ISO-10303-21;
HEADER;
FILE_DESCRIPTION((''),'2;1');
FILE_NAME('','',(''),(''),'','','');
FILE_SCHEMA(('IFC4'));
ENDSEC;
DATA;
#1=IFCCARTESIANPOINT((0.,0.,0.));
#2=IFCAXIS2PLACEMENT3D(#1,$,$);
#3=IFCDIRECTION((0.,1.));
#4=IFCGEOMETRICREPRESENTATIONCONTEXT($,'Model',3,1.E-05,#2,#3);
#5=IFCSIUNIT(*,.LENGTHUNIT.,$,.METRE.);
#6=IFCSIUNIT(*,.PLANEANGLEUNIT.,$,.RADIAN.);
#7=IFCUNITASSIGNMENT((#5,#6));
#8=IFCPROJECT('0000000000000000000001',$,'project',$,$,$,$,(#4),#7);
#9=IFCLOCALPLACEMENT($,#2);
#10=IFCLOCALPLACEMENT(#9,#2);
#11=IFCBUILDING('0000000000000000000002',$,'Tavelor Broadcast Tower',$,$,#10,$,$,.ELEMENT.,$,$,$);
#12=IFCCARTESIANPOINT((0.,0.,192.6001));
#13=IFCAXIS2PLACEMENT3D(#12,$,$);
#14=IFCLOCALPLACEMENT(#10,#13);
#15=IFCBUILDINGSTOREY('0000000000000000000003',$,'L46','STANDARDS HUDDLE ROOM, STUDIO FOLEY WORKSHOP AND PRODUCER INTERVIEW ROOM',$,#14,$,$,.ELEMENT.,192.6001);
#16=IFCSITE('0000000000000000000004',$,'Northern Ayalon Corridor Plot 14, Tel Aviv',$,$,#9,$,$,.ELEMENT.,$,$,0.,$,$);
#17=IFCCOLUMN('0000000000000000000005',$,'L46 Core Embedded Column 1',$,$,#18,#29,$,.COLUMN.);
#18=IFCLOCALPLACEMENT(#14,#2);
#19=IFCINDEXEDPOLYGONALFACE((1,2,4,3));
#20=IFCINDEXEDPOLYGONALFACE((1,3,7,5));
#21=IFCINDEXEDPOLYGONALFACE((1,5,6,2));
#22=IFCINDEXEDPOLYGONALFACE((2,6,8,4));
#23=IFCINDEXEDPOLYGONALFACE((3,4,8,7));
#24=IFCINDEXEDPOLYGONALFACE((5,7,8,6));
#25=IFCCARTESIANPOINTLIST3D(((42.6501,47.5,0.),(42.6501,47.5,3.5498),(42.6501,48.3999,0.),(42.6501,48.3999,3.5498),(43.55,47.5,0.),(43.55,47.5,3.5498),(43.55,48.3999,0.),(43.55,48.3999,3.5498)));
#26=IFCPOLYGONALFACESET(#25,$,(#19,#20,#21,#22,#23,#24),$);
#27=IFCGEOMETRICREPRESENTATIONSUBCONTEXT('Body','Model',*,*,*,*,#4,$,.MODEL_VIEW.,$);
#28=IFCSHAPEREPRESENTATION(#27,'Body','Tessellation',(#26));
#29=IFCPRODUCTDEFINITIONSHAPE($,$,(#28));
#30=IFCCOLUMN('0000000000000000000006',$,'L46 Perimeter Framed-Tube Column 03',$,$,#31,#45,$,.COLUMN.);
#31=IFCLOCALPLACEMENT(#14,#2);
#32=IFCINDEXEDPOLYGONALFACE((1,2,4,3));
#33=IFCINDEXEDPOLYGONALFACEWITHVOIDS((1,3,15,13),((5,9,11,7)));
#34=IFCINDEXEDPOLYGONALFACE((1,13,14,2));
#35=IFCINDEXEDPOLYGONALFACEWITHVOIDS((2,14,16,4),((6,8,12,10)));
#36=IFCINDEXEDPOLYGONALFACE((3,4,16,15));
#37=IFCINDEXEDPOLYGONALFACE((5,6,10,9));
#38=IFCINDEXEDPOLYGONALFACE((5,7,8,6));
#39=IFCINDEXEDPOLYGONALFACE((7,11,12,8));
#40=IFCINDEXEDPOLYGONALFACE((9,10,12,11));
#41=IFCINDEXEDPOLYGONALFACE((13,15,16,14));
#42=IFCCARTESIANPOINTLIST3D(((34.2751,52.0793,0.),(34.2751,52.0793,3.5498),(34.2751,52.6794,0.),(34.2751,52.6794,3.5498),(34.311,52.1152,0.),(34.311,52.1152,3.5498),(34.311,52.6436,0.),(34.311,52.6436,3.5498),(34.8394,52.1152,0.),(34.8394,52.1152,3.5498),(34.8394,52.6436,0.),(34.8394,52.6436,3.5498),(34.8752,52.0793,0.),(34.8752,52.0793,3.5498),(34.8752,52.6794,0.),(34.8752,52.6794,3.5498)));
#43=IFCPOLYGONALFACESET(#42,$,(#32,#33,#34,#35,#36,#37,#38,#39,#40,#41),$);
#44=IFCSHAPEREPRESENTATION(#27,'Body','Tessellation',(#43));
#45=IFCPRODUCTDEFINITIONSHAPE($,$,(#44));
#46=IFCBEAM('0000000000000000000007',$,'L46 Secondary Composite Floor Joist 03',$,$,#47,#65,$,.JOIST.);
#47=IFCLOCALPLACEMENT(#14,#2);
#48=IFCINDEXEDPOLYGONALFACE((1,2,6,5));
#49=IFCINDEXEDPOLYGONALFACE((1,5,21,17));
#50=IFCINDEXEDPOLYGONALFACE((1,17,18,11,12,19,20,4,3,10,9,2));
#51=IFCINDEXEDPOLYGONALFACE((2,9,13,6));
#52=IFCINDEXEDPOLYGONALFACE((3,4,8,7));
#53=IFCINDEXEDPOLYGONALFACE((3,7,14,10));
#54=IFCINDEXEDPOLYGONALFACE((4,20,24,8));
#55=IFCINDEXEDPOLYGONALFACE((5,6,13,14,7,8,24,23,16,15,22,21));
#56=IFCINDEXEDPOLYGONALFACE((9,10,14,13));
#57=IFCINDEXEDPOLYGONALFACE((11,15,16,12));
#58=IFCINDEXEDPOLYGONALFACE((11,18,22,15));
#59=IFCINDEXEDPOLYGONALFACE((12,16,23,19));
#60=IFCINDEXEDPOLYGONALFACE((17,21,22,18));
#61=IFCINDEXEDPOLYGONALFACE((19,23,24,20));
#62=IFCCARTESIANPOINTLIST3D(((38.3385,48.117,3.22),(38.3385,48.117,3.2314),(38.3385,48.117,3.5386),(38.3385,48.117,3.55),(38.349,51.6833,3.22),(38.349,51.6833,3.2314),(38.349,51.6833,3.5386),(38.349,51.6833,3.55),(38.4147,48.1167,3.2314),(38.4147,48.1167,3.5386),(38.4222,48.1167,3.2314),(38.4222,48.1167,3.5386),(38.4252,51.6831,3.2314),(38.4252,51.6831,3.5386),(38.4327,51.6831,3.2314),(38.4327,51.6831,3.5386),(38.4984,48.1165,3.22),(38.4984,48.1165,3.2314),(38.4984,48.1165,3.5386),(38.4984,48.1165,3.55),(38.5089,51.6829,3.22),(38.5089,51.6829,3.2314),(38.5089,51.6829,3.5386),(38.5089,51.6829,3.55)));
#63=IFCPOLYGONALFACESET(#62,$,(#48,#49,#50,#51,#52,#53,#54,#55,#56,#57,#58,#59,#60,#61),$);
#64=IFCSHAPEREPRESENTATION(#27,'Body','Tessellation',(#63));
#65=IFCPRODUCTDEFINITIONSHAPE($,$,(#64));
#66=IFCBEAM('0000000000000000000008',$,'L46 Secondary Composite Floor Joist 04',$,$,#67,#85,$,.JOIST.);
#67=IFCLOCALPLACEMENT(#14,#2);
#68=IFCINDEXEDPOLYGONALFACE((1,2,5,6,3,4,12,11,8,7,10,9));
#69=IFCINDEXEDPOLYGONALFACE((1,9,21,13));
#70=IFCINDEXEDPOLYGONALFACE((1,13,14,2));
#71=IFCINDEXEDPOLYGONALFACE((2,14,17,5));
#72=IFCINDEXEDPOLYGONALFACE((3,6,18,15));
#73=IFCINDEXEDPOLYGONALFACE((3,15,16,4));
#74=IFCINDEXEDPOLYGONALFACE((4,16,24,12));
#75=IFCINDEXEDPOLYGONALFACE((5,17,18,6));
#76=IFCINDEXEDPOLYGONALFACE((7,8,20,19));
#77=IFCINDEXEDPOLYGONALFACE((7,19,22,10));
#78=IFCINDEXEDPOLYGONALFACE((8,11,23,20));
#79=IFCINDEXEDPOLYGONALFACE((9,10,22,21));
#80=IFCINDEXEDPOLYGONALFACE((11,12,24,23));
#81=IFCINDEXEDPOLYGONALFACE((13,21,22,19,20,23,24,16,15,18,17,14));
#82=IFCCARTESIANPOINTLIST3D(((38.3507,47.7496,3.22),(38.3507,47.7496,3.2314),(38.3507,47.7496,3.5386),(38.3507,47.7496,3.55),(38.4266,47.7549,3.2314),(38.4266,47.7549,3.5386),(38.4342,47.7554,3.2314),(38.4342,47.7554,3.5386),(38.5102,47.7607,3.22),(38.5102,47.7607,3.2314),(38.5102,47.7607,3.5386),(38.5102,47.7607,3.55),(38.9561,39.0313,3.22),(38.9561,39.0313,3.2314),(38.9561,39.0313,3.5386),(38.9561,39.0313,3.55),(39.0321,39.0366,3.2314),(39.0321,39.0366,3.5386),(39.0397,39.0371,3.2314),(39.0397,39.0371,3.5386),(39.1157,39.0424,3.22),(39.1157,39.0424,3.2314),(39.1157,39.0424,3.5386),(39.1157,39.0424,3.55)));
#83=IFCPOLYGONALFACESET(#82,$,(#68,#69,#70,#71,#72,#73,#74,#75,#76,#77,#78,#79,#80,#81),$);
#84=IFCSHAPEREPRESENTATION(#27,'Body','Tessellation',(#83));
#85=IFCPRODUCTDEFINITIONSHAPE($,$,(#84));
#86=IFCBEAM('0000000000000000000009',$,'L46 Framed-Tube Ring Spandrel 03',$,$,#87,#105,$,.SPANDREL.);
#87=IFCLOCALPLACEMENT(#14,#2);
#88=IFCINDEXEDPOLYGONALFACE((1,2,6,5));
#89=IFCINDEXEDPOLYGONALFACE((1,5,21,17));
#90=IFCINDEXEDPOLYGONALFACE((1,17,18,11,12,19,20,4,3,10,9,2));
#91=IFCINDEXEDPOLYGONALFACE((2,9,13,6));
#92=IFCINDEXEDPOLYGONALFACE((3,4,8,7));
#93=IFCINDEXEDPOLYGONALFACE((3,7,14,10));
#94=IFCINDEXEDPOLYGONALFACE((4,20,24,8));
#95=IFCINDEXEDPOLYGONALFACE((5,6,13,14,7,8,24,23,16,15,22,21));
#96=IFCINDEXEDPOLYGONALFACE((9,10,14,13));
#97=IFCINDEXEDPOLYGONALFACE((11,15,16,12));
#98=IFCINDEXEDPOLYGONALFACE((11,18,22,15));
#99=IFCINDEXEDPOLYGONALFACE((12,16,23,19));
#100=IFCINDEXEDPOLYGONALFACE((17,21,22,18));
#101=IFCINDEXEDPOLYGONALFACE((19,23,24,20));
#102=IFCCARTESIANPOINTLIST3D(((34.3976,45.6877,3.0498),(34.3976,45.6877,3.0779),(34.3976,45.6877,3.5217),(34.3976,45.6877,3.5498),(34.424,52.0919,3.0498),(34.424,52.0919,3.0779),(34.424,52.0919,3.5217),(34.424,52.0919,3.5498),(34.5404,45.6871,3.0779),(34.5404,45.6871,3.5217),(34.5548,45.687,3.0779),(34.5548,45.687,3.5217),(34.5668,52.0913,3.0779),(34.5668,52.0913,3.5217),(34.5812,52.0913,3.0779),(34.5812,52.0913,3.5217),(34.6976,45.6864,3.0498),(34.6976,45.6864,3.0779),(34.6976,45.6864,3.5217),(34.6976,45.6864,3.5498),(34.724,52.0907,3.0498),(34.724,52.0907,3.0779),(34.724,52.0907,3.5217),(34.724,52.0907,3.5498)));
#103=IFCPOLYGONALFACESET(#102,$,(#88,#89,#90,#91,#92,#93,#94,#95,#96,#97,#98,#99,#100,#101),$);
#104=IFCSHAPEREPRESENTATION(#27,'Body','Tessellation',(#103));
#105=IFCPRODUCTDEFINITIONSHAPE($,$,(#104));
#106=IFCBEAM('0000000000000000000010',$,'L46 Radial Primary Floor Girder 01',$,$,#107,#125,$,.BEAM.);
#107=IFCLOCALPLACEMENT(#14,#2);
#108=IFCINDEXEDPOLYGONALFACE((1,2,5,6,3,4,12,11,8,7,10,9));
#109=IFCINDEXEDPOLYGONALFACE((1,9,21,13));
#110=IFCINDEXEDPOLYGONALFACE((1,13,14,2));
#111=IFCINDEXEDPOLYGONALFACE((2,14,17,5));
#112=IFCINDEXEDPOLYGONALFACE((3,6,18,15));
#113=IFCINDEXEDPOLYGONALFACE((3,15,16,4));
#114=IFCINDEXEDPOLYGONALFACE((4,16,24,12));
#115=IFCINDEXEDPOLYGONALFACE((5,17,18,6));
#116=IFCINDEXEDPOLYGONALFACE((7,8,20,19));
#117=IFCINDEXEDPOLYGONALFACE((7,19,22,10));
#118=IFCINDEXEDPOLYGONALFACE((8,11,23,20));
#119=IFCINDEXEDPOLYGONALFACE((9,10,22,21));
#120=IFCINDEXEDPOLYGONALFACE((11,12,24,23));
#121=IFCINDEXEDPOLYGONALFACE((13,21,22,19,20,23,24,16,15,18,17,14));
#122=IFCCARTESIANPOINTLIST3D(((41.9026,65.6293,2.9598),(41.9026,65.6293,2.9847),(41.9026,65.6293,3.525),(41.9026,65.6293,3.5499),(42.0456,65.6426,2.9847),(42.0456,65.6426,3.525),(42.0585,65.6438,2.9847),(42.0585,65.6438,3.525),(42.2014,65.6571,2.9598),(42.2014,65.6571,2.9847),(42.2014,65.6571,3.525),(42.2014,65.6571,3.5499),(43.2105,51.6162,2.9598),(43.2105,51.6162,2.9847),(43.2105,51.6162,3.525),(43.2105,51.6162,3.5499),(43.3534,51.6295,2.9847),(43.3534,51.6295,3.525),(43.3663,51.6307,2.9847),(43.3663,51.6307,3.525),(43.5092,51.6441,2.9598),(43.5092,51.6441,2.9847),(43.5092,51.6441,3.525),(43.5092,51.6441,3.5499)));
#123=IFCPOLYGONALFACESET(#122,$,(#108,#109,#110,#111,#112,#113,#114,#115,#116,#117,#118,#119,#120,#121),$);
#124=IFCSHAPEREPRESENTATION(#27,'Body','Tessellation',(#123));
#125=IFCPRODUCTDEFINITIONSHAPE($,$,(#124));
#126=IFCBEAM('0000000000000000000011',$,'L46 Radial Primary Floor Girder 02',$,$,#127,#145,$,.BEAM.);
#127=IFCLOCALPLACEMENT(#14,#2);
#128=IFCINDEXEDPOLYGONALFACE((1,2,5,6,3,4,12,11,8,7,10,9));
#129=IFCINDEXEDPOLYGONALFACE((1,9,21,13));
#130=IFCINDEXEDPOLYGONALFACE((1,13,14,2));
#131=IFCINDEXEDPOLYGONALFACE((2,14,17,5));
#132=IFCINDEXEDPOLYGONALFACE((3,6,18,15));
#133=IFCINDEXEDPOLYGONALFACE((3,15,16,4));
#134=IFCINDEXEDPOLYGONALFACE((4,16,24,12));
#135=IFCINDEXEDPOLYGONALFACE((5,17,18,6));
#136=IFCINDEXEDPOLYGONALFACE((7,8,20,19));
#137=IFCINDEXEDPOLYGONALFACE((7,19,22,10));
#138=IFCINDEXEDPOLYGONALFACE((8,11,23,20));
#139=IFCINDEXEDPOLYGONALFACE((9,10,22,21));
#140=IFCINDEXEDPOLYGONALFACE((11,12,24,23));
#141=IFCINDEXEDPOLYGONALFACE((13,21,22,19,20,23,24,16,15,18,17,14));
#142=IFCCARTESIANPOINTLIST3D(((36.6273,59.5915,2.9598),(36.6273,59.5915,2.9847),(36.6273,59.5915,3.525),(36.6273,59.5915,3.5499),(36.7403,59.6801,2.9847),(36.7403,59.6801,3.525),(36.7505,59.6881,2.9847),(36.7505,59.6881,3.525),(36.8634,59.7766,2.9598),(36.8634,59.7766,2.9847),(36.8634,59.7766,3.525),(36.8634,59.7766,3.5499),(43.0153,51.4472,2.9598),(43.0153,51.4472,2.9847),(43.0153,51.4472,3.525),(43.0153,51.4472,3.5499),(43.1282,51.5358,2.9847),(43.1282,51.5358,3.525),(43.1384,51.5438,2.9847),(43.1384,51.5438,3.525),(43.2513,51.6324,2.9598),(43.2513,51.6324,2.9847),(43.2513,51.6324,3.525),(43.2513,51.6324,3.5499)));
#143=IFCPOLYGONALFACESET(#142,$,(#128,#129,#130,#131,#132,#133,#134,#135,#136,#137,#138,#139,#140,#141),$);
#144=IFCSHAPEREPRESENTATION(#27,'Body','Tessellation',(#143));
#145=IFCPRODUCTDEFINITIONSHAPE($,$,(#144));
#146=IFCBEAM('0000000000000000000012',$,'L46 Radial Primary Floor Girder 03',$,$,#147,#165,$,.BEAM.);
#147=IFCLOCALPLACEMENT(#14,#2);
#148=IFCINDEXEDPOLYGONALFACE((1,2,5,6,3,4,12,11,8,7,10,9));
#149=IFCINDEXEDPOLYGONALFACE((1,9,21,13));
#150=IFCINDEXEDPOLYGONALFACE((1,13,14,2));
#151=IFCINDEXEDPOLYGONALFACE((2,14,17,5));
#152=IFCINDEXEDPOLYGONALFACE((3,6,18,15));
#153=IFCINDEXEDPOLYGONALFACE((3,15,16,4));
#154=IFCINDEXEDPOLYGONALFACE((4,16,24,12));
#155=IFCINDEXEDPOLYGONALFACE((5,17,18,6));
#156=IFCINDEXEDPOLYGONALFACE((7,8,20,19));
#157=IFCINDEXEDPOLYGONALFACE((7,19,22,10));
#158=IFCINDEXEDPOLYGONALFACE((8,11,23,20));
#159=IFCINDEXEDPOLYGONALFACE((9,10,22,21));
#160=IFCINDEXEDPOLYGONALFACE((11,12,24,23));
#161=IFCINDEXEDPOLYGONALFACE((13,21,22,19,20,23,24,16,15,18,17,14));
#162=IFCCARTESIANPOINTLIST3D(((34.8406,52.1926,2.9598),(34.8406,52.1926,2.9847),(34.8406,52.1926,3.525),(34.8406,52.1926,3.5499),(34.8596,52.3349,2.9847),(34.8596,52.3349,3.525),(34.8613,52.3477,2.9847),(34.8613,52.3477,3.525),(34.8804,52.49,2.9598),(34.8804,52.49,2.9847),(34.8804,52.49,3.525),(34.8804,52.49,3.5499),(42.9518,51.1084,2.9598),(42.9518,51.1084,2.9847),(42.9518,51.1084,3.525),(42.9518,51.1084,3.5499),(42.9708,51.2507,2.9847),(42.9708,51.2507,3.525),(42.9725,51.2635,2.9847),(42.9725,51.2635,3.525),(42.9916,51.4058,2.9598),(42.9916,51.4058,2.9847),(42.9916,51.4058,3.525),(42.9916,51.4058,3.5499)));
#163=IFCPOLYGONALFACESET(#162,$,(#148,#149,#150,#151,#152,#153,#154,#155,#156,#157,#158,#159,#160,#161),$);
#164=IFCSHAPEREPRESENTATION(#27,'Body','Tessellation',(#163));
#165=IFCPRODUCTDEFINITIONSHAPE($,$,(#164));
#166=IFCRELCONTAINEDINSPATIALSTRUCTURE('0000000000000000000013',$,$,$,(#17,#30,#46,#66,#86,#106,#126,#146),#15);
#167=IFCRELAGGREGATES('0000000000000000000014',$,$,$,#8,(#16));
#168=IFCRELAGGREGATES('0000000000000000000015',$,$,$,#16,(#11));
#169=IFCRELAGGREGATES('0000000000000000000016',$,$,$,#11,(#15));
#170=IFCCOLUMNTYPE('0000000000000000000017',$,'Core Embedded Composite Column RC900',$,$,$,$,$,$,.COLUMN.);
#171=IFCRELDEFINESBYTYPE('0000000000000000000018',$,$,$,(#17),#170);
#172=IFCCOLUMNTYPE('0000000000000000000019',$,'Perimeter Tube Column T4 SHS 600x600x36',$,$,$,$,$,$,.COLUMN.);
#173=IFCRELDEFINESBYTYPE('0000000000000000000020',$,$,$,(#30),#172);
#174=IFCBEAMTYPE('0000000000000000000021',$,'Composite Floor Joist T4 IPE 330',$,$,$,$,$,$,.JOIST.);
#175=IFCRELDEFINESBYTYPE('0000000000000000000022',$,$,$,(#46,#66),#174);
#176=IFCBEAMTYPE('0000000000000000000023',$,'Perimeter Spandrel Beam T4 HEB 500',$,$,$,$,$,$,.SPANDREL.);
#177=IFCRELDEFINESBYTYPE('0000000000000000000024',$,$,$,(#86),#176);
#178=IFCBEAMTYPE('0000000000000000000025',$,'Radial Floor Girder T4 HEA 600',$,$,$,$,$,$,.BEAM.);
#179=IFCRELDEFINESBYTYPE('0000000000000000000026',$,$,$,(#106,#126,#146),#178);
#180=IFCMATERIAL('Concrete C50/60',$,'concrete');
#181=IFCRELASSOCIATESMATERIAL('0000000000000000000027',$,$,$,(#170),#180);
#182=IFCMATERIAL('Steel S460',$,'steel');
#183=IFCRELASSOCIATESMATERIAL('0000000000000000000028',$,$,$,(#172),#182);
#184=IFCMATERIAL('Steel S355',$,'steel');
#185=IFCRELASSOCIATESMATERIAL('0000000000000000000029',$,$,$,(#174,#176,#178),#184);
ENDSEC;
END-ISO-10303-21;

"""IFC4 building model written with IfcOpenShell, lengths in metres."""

from ifc_helpers import new_model, si_unit, direction, frame, origin, origin_2d, place, context, subcontext, project, spatial, rectangle, hollow_rectangle, i_section, extrude, material, material_profile, profile_set, type_object, element, save


model = new_model("IFC4")

# Units and contexts
model_context = context("Model", 3, precision=1e-05, world=origin(), true_north=direction((0.0, 1.0)))
body_context = subcontext(model_context, "Body", "Model", "MODEL_VIEW")
ifc_project = project(units=[si_unit("LENGTHUNIT", "METRE"), si_unit("PLANEANGLEUNIT", "RADIAN")], contexts=[model_context])

# Site, building, storey
site_placement = place(None, origin())
site = spatial("IfcSite", under=ifc_project, at=site_placement, Name="Northern Ayalon Corridor Plot 14, Tel Aviv", CompositionType="ELEMENT", RefElevation=0.0)
building_placement = place(site_placement, origin())
building = spatial("IfcBuilding", under=site, at=building_placement, Name="Tavelor Broadcast Tower", CompositionType="ELEMENT")
storey_placement = place(building_placement, frame((0.0, 0.0, 192.6001)))
storey = spatial("IfcBuildingStorey", under=building, at=storey_placement, Name="L46", Description="STANDARDS HUDDLE ROOM, STUDIO FOLEY WORKSHOP AND PRODUCER INTERVIEW ROOM", CompositionType="ELEMENT", Elevation=192.6001)

# Columns
ifc_material_1 = material(Name="Concrete C50/60", Category="concrete")
ifc_material_profile_1 = material_profile(ifc_material_1, rectangle(XDim=0.8999, YDim=0.8999, at=origin_2d()), Name="RC 900x900")
ifc_profile_set_1 = profile_set([ifc_material_profile_1], Name="Concrete C50/60")
column_type_1 = type_object("IfcColumnType", Name="Core Embedded Composite Column RC900", PredefinedType="COLUMN", material=ifc_profile_set_1)
column_1_placement = place(storey_placement, frame((43.1001, 47.95, 0.0), z_axis=(0.0, 0.0, 1.0), x_axis=(1.0, 0.0, 0.0)))
element("IfcColumn", 1, at=column_1_placement, inside=storey, type_object=column_type_1, Name="L46 Core Embedded Column 1", PredefinedType="COLUMN", context=body_context, shape_type="SweptSolid", body=[
    extrude(rectangle(XDim=0.8999, YDim=0.8999, at=origin_2d()), origin(), (0.0, 0.0, 1.0), 3.5498),
])
ifc_material_2 = material(Name="Steel S460", Category="steel")
ifc_material_profile_2 = material_profile(ifc_material_2, hollow_rectangle(XDim=0.6001, YDim=0.6001, WallThickness=0.0359, at=origin_2d()), Name="SHS 600x600x36")
ifc_profile_set_2 = profile_set([ifc_material_profile_2], Name="Steel S460")
column_type_2 = type_object("IfcColumnType", Name="Perimeter Tube Column T4 SHS 600x600x36", PredefinedType="COLUMN", material=ifc_profile_set_2)
column_2_placement = place(storey_placement, frame((34.5752, 52.3794, 0.0), z_axis=(0.0, 0.0, 1.0), x_axis=(1.0, 0.0, 0.0)))
element("IfcColumn", 2, at=column_2_placement, inside=storey, type_object=column_type_2, Name="L46 Perimeter Framed-Tube Column 03", PredefinedType="COLUMN", context=body_context, shape_type="SweptSolid", body=[
    extrude(hollow_rectangle(XDim=0.6001, YDim=0.6001, WallThickness=0.0359, at=origin_2d()), origin(), (0.0, 0.0, 1.0), 3.5498),
])

# Beams
ifc_material_3 = material(Name="Steel S355", Category="steel")
ifc_material_profile_3 = material_profile(ifc_material_3, i_section(OverallWidth=0.1599, OverallDepth=0.3301, WebThickness=0.0076, FlangeThickness=0.0115, at=origin_2d()), Name="IPE 330")
ifc_profile_set_3 = profile_set([ifc_material_profile_3], Name="Steel S355")
beam_type_1 = type_object("IfcBeamType", Name="Composite Floor Joist T4 IPE 330", PredefinedType="JOIST", material=ifc_profile_set_3)
beam_1_placement = place(storey_placement, frame((38.429, 51.6831, 3.385), z_axis=(-0.002944, -0.999996, 0.0), x_axis=(0.999996, -0.002944, 0.0)))
element("IfcBeam", 3, at=beam_1_placement, inside=storey, type_object=beam_type_1, Name="L46 Secondary Composite Floor Joist 03", PredefinedType="JOIST", context=body_context, shape_type="SweptSolid", body=[
    extrude(i_section(OverallWidth=0.1599, OverallDepth=0.3301, WebThickness=0.0076, FlangeThickness=0.0115, at=origin_2d()), origin(), (0.0, 0.0, 1.0), 3.5664),
])
beam_2_placement = place(storey_placement, frame((38.4304, 47.7551, 3.385), z_axis=(0.069281, -0.997597, 0.0), x_axis=(0.997597, 0.069281, 0.0)))
element("IfcBeam", 4, at=beam_2_placement, inside=storey, type_object=beam_type_1, Name="L46 Secondary Composite Floor Joist 04", PredefinedType="JOIST", context=body_context, shape_type="SweptSolid", body=[
    extrude(i_section(OverallWidth=0.1599, OverallDepth=0.3301, WebThickness=0.0076, FlangeThickness=0.0115, at=origin_2d()), origin(), (0.0, 0.0, 1.0), 8.7393),
])
ifc_material_profile_4 = material_profile(ifc_material_3, i_section(OverallWidth=0.3, OverallDepth=0.5, WebThickness=0.0144, FlangeThickness=0.0281, at=origin_2d()), Name="HEB 500")
ifc_profile_set_4 = profile_set([ifc_material_profile_4], Name="Steel S355")
beam_type_2 = type_object("IfcBeamType", Name="Perimeter Spandrel Beam T4 HEB 500", PredefinedType="SPANDREL", material=ifc_profile_set_4)
beam_3_placement = place(storey_placement, frame((34.574, 52.0913, 3.2998), z_axis=(-0.004117, -0.999992, 0.0), x_axis=(0.999992, -0.004117, 0.0)))
element("IfcBeam", 5, at=beam_3_placement, inside=storey, type_object=beam_type_2, Name="L46 Framed-Tube Ring Spandrel 03", PredefinedType="SPANDREL", context=body_context, shape_type="SweptSolid", body=[
    extrude(i_section(OverallWidth=0.3, OverallDepth=0.5, WebThickness=0.0144, FlangeThickness=0.0281, at=origin_2d()), origin(), (0.0, 0.0, 1.0), 6.4043),
])
ifc_material_profile_5 = material_profile(ifc_material_3, i_section(OverallWidth=0.3, OverallDepth=0.5901, WebThickness=0.0129, FlangeThickness=0.0249, at=origin_2d()), Name="HEA 600")
ifc_profile_set_5 = profile_set([ifc_material_profile_5], Name="Steel S355")
beam_type_3 = type_object("IfcBeamType", Name="Radial Floor Girder T4 HEA 600", PredefinedType="BEAM", material=ifc_profile_set_5)
beam_4_placement = place(storey_placement, frame((43.3599, 51.6301, 3.2549), z_axis=(-0.092927, 0.995673, 0.0), x_axis=(-0.995673, -0.092927, 0.0)))
element("IfcBeam", 6, at=beam_4_placement, inside=storey, type_object=beam_type_3, Name="L46 Radial Primary Floor Girder 01", PredefinedType="BEAM", context=body_context, shape_type="SweptSolid", body=[
    extrude(i_section(OverallWidth=0.3, OverallDepth=0.5901, WebThickness=0.0129, FlangeThickness=0.0249, at=origin_2d()), origin(), (0.0, 0.0, 1.0), 14.074),
])
beam_5_placement = place(storey_placement, frame((43.1333, 51.5398, 3.2549), z_axis=(-0.617156, 0.786841, 0.0), x_axis=(-0.786841, -0.617156, 0.0)))
element("IfcBeam", 7, at=beam_5_placement, inside=storey, type_object=beam_type_3, Name="L46 Radial Primary Floor Girder 02", PredefinedType="BEAM", context=body_context, shape_type="SweptSolid", body=[
    extrude(i_section(OverallWidth=0.3, OverallDepth=0.5901, WebThickness=0.0129, FlangeThickness=0.0249, at=origin_2d()), origin(), (0.0, 0.0, 1.0), 10.3506),
])
beam_6_placement = place(storey_placement, frame((42.9717, 51.2571, 3.2549), z_axis=(-0.991184, 0.132494, 0.0), x_axis=(-0.132494, -0.991184, 0.0)))
element("IfcBeam", 8, at=beam_6_placement, inside=storey, type_object=beam_type_3, Name="L46 Radial Primary Floor Girder 03", PredefinedType="BEAM", context=body_context, shape_type="SweptSolid", body=[
    extrude(i_section(OverallWidth=0.3, OverallDepth=0.5901, WebThickness=0.0129, FlangeThickness=0.0249, at=origin_2d()), origin(), (0.0, 0.0, 1.0), 8.1833),
])

save(model, "model.ifc")
